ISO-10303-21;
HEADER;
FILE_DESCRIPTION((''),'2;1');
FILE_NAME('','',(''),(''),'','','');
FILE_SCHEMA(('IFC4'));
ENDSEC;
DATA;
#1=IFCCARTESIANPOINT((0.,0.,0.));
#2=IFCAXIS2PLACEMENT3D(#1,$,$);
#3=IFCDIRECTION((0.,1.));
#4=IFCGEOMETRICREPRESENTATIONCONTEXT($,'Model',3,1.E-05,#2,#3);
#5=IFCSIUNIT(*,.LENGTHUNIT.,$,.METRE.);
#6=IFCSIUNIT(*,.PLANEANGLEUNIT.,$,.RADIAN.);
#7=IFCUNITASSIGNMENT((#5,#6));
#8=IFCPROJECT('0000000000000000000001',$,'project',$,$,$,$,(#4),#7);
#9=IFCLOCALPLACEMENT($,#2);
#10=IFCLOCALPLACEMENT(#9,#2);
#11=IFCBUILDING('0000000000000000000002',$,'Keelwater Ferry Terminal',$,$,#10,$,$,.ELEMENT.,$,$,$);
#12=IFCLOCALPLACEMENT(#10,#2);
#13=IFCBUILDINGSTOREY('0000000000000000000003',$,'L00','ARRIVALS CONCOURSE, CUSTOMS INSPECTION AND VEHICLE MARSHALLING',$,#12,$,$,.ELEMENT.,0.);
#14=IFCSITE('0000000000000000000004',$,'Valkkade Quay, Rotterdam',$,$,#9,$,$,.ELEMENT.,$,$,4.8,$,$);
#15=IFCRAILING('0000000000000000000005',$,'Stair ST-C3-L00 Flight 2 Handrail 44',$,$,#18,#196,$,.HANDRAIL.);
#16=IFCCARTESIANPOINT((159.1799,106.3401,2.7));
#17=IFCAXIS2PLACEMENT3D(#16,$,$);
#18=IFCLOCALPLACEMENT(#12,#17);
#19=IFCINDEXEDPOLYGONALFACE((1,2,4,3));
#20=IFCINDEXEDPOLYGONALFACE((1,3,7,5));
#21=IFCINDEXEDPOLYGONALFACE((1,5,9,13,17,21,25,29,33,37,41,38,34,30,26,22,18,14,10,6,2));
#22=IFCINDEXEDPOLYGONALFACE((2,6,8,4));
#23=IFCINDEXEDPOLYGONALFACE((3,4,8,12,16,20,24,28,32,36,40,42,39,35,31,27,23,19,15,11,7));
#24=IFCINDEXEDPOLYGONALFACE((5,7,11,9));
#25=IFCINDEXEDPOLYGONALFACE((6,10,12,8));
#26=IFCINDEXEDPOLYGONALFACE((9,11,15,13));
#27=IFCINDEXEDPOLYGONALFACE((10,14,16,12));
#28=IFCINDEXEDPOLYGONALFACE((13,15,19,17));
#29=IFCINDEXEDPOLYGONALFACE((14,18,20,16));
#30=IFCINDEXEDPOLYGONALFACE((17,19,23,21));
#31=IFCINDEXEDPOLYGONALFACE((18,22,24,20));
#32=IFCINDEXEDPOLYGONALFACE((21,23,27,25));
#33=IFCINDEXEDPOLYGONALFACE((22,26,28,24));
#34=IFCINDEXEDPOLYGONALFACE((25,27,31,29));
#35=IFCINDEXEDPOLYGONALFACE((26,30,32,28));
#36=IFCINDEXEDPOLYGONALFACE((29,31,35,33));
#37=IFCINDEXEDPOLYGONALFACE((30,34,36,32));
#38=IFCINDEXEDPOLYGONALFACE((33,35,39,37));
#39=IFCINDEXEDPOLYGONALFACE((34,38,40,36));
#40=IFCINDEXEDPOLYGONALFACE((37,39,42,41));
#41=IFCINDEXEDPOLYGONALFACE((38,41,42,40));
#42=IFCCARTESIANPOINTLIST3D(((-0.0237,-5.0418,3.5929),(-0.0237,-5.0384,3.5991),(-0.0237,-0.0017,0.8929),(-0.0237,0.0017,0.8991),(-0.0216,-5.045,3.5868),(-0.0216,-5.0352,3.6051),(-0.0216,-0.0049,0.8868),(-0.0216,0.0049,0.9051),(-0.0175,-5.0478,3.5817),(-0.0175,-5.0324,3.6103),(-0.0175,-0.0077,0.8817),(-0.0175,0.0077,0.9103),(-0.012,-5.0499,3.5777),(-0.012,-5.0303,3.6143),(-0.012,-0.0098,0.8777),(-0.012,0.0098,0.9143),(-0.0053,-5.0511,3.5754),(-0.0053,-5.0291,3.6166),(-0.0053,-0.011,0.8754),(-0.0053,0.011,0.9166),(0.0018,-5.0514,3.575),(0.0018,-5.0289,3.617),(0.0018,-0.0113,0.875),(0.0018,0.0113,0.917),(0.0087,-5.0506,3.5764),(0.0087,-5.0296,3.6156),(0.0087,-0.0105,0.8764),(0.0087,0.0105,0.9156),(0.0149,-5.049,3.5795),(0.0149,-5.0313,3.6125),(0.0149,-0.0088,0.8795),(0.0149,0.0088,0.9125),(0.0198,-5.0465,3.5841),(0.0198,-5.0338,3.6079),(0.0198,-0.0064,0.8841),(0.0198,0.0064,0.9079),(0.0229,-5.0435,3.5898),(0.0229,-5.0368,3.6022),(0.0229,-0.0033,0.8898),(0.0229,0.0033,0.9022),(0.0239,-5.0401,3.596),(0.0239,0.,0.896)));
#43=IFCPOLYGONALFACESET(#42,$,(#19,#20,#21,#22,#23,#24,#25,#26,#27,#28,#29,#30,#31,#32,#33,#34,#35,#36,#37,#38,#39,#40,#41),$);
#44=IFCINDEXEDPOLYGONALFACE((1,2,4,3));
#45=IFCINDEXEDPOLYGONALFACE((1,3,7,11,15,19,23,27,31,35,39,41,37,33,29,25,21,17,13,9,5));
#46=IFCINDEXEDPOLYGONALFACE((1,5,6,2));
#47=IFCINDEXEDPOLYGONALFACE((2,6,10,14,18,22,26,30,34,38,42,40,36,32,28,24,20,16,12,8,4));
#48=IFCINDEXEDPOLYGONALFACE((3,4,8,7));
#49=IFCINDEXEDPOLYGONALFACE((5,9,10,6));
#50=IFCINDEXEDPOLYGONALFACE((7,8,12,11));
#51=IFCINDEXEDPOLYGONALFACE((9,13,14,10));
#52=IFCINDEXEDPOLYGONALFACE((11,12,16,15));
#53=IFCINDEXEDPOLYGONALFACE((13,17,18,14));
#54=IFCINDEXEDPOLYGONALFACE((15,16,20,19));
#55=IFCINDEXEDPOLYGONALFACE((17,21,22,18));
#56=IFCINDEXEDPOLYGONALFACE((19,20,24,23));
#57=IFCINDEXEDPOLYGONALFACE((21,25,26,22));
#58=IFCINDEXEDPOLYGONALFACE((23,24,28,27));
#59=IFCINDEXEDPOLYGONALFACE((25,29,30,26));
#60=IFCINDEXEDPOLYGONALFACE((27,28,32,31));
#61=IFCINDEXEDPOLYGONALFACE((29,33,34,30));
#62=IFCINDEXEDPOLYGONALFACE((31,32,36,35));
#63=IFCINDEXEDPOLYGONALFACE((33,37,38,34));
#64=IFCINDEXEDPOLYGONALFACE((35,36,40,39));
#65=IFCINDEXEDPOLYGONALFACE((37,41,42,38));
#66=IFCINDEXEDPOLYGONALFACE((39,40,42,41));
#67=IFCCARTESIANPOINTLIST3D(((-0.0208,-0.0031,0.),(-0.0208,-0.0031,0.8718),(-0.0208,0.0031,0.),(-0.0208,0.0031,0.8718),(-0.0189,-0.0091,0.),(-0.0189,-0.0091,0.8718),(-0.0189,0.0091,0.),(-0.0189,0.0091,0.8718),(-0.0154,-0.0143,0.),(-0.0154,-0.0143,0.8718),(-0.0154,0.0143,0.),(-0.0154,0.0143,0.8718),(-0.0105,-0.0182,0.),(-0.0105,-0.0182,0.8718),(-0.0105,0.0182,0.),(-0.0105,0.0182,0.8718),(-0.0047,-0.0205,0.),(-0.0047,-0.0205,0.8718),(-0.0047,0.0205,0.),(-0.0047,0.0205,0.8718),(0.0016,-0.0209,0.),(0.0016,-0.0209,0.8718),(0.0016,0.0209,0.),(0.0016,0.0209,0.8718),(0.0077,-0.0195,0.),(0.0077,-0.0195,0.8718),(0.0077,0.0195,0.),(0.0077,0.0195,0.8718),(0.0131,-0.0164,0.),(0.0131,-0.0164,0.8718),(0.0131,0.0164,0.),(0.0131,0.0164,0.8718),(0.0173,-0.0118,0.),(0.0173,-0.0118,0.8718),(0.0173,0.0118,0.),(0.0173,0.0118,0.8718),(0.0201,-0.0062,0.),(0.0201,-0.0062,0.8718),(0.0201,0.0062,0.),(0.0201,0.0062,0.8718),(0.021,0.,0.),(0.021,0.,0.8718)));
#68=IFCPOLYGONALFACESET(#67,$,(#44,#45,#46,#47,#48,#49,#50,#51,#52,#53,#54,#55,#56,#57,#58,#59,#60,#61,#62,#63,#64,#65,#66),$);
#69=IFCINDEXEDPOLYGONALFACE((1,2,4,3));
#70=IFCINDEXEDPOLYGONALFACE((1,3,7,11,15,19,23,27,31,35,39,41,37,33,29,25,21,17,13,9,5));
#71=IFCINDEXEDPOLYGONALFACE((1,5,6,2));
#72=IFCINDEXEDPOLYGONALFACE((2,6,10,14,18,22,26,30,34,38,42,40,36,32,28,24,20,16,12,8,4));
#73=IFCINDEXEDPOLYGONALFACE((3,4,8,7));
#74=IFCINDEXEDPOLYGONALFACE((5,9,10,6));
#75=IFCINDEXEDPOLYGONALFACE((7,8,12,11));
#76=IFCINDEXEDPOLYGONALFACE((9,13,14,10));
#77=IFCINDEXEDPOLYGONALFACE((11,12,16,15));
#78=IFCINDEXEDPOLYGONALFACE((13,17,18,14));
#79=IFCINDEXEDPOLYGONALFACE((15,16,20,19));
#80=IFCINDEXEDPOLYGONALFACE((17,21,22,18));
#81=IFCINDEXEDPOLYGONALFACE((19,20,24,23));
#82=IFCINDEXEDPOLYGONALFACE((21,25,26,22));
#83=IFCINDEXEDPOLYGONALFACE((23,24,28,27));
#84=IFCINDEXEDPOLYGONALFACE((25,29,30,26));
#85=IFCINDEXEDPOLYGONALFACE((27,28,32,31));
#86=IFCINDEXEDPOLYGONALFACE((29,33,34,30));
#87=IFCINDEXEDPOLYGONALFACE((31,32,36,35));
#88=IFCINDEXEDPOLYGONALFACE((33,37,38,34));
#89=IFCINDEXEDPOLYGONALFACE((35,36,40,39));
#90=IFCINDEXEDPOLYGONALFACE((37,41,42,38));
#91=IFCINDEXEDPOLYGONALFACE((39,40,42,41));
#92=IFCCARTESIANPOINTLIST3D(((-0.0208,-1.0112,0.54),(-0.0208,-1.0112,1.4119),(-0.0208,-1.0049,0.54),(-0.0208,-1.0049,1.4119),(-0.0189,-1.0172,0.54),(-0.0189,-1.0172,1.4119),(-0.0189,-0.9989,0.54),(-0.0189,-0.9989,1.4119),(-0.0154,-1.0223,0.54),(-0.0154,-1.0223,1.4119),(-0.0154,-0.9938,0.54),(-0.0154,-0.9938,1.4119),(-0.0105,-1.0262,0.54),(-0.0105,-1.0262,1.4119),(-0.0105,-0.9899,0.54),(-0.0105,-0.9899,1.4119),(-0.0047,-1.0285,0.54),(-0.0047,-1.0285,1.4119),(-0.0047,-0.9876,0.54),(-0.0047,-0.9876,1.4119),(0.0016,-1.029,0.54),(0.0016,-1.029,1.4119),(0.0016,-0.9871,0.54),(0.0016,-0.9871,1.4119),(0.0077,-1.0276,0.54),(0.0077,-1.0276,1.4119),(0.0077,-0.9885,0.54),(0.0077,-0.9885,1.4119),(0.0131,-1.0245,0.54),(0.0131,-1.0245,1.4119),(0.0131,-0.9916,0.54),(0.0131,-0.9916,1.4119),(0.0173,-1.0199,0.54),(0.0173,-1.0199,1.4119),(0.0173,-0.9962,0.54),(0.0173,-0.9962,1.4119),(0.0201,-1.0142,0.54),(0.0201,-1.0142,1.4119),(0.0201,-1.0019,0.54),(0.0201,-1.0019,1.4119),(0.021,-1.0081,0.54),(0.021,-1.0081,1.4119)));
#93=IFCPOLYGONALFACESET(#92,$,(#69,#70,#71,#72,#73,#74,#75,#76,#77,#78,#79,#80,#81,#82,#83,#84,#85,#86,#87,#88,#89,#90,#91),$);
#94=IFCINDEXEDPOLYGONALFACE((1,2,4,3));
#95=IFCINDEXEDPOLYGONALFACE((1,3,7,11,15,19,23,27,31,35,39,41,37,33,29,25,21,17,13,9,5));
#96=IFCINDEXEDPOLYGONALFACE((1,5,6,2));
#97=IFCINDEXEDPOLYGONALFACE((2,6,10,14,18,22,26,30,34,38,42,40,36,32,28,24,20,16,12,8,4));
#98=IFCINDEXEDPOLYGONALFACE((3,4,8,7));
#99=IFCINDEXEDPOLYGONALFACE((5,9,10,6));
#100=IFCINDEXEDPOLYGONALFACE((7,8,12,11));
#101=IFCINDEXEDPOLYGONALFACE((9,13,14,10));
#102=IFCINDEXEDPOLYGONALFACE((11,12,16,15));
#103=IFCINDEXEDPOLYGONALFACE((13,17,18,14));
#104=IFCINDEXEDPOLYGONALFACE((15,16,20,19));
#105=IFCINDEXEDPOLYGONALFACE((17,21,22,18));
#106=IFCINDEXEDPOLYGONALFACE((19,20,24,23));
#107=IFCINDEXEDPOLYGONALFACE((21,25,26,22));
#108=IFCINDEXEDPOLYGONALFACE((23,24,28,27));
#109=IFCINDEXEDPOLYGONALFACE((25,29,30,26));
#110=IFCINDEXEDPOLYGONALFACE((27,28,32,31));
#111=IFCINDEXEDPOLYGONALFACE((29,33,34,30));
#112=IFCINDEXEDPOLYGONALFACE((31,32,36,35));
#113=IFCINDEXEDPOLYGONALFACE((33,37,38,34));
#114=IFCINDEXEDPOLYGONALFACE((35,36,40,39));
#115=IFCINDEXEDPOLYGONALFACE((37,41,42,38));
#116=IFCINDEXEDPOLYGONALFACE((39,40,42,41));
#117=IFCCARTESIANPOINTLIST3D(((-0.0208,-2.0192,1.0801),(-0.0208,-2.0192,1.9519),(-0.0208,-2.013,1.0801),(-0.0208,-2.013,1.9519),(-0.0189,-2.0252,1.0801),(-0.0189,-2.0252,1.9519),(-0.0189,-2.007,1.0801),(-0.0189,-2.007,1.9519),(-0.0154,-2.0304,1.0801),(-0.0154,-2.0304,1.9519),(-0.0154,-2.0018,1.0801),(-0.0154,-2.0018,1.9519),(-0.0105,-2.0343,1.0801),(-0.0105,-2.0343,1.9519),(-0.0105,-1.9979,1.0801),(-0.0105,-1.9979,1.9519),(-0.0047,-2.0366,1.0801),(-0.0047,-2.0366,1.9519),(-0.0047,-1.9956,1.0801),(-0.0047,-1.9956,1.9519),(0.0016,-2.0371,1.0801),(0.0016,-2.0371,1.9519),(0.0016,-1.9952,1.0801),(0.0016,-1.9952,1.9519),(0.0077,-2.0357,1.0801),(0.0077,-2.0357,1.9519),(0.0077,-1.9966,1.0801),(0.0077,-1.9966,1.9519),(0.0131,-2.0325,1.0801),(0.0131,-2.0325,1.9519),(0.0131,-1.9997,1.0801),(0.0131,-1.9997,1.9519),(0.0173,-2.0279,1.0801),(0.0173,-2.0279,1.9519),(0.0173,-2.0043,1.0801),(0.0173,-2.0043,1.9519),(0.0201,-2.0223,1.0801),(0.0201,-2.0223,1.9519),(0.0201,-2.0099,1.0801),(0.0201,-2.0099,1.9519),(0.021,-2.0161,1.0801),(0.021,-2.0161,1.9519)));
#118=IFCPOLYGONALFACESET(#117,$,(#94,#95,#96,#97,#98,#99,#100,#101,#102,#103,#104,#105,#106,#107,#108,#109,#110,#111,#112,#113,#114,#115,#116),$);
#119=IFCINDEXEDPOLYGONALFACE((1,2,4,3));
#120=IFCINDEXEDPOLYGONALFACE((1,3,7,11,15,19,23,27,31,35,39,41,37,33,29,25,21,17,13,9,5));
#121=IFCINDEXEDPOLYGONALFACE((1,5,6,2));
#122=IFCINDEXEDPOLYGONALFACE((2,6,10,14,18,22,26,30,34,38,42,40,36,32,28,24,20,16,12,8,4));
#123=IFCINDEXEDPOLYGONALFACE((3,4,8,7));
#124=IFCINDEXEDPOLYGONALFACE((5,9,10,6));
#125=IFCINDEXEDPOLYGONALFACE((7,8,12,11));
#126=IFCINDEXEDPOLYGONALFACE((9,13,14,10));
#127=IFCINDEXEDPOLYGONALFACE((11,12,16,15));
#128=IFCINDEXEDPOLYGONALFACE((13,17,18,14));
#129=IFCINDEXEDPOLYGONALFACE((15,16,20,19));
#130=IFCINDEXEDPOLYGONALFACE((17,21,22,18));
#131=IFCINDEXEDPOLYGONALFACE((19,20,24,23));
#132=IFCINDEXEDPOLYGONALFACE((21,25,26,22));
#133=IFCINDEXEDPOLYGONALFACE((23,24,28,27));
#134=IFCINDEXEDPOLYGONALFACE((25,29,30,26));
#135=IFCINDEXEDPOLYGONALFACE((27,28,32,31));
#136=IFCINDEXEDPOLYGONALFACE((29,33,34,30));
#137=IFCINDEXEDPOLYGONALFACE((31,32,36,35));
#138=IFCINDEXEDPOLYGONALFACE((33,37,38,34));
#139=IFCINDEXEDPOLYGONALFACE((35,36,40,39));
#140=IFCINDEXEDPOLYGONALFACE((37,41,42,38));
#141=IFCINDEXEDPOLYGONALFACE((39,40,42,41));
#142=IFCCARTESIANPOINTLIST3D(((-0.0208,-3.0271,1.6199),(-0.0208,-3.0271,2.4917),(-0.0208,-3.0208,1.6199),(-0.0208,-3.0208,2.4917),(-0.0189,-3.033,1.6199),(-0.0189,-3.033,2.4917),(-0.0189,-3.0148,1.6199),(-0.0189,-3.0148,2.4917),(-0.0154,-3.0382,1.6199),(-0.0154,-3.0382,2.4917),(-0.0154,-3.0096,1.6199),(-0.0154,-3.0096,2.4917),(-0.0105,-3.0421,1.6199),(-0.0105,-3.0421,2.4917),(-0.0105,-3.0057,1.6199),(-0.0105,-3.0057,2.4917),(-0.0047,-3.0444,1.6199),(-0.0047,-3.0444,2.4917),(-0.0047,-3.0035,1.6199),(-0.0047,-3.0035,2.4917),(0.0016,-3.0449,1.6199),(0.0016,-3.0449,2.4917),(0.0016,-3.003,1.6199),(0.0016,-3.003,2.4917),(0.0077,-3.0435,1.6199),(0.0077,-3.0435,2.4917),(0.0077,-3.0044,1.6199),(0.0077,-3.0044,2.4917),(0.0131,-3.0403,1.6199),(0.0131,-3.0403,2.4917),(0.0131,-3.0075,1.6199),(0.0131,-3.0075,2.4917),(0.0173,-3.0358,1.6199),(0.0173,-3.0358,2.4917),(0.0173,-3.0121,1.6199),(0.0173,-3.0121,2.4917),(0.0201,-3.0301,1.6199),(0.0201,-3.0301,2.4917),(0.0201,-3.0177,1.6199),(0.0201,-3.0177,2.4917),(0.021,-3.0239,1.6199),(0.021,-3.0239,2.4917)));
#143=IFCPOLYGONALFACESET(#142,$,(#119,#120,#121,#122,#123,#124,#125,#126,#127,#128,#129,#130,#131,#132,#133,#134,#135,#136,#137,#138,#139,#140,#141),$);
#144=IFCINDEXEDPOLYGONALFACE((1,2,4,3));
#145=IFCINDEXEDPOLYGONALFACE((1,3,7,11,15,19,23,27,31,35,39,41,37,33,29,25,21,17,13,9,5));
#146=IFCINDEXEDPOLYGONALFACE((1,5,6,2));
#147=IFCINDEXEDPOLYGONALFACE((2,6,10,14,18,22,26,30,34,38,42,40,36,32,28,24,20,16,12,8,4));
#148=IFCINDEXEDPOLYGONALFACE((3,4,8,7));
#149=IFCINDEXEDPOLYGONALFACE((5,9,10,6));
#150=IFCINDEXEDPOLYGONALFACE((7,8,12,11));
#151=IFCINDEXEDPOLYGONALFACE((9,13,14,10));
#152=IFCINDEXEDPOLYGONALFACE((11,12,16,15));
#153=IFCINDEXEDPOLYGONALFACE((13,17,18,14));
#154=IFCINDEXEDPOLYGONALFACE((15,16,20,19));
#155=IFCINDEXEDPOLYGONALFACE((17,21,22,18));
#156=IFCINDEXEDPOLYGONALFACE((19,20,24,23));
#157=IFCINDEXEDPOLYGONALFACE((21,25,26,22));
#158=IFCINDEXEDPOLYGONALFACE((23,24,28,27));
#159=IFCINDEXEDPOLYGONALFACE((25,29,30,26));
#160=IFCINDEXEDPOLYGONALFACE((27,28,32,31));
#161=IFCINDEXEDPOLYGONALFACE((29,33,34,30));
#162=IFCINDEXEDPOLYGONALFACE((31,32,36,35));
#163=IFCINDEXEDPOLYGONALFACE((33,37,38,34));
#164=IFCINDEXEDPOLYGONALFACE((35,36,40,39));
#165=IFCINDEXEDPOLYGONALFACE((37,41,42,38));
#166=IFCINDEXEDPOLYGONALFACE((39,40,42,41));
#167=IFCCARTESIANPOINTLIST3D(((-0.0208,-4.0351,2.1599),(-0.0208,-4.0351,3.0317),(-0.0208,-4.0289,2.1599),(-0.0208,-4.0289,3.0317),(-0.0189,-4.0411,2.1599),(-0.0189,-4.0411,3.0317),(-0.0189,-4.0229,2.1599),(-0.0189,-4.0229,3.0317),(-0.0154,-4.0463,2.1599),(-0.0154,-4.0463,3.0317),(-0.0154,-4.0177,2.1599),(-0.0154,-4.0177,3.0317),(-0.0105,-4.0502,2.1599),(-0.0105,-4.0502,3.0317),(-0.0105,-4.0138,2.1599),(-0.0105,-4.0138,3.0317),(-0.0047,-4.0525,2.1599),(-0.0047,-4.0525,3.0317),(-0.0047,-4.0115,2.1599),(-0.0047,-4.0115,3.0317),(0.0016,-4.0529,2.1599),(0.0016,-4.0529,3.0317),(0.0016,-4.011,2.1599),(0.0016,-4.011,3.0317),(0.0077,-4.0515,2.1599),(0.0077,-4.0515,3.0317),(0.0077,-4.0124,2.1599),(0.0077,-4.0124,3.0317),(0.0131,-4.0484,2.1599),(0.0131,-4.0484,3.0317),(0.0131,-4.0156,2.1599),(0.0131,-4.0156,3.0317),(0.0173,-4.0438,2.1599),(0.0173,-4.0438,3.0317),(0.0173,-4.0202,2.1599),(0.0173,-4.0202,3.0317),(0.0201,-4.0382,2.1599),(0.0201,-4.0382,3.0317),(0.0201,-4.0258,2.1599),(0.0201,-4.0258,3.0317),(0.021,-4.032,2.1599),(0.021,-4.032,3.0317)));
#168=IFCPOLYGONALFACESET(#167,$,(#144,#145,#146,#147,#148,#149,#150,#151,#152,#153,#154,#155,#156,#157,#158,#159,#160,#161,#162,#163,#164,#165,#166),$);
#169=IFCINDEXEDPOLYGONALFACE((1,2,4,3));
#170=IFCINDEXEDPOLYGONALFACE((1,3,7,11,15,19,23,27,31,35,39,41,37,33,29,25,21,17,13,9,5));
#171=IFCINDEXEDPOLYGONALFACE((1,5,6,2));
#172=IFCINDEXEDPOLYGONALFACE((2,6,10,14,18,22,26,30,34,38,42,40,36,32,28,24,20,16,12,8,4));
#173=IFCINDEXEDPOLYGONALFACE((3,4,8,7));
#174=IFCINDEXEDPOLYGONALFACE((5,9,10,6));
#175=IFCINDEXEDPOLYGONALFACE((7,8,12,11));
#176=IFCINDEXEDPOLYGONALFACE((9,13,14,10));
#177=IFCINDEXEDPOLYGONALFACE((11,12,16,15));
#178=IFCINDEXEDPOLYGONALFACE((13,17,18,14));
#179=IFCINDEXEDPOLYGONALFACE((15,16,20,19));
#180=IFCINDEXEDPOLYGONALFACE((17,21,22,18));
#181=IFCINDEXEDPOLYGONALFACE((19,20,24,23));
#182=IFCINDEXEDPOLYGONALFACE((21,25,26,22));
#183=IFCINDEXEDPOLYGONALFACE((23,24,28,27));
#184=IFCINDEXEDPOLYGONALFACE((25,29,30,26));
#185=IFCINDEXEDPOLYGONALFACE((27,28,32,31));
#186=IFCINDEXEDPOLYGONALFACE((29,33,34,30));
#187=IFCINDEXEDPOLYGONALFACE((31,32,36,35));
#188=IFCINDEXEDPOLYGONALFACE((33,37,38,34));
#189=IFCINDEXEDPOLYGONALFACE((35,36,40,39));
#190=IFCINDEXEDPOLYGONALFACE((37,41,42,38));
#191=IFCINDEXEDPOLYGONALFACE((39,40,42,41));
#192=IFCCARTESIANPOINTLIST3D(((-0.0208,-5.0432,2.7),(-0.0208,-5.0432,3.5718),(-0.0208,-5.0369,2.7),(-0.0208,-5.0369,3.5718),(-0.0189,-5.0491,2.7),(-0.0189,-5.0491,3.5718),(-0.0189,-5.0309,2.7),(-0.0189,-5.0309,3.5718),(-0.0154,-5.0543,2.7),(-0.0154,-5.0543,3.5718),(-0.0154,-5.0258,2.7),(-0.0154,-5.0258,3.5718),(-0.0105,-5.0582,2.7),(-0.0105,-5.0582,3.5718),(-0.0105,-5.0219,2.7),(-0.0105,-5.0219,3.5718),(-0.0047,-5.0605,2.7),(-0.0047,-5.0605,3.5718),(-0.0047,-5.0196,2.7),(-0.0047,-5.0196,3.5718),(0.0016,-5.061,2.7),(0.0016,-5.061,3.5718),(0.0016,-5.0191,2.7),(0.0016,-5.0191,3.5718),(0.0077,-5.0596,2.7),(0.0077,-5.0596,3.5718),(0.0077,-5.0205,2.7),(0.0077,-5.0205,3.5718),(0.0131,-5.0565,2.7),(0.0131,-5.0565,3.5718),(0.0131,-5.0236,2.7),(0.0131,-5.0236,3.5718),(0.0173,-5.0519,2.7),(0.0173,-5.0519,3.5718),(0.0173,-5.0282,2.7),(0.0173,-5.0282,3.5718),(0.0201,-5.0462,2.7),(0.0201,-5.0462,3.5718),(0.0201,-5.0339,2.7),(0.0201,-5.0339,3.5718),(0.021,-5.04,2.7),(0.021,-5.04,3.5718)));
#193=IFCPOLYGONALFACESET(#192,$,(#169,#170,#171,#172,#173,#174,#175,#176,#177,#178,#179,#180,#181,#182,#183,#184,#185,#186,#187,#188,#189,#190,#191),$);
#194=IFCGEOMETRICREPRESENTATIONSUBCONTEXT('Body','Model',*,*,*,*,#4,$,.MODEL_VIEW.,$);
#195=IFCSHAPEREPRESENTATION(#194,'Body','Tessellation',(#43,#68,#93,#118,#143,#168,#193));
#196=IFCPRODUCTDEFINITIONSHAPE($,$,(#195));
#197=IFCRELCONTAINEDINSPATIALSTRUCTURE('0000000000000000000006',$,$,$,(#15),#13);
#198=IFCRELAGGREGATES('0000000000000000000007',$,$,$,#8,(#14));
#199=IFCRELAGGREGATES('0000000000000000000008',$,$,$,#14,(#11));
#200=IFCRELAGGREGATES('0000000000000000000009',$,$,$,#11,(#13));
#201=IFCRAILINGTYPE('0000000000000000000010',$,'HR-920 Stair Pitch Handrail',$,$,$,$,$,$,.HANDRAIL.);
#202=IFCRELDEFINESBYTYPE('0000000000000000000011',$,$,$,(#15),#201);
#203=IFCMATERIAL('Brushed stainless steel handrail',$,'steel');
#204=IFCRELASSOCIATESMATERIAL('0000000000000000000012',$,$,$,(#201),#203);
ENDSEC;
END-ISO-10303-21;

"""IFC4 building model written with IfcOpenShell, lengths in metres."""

from ifc_helpers import new_model, si_unit, direction, frame, origin, origin_2d, place, context, subcontext, project, spatial, circle, extrude, material, type_object, element, save


model = new_model("IFC4")

# Units and contexts
model_context = context("Model", 3, precision=1e-05, world=origin(), true_north=direction((0.0, 1.0)))
body_context = subcontext(model_context, "Body", "Model", "MODEL_VIEW")
ifc_project = project(units=[si_unit("LENGTHUNIT", "METRE"), si_unit("PLANEANGLEUNIT", "RADIAN")], contexts=[model_context])

# Site, building, storey
site_placement = place(None, origin())
site = spatial("IfcSite", under=ifc_project, at=site_placement, Name="Valkkade Quay, Rotterdam", CompositionType="ELEMENT", RefElevation=4.8)
building_placement = place(site_placement, origin())
building = spatial("IfcBuilding", under=site, at=building_placement, Name="Keelwater Ferry Terminal", CompositionType="ELEMENT")
storey_placement = place(building_placement, origin())
storey = spatial("IfcBuildingStorey", under=building, at=storey_placement, Name="L00", Description="ARRIVALS CONCOURSE, CUSTOMS INSPECTION AND VEHICLE MARSHALLING", CompositionType="ELEMENT", Elevation=0.0)

# Railing
ifc_material_1 = material(Name="Brushed stainless steel handrail", Category="steel")
railing_type_1 = type_object("IfcRailingType", Name="HR-920 Stair Pitch Handrail", PredefinedType="HANDRAIL", material=ifc_material_1)
railing_1_placement = place(storey_placement, frame((159.1799, 106.3401, 2.7)))
element("IfcRailing", 1, at=railing_1_placement, inside=storey, type_object=railing_type_1, Name="Stair ST-C3-L00 Flight 2 Handrail 44", PredefinedType="HANDRAIL", context=body_context, shape_type="SweptSolid", body=[
    extrude(circle(Radius=0.0239, at=origin_2d()), frame((0.0, 0.0, 0.896), z_axis=(0.0, -0.881485, 0.472212), x_axis=(1.0, 0.0, 0.0)), (0.0, 0.0, 1.0), 5.7178),
    extrude(circle(Radius=0.021, at=origin_2d()), origin(), (0.0, 0.0, 1.0), 0.8718),
    extrude(circle(Radius=0.021, at=origin_2d()), frame((0.0, -1.0081, 0.54)), (0.0, 0.0, 1.0), 0.8718),
    extrude(circle(Radius=0.021, at=origin_2d()), frame((0.0, -2.0161, 1.0801)), (0.0, 0.0, 1.0), 0.8718),
    extrude(circle(Radius=0.021, at=origin_2d()), frame((0.0, -3.0239, 1.6199)), (0.0, 0.0, 1.0), 0.8718),
    extrude(circle(Radius=0.021, at=origin_2d()), frame((0.0, -4.032, 2.1599)), (0.0, 0.0, 1.0), 0.8718),
    extrude(circle(Radius=0.021, at=origin_2d()), frame((0.0, -5.04, 2.7)), (0.0, 0.0, 1.0), 0.8718),
])

save(model, "model.ifc")
